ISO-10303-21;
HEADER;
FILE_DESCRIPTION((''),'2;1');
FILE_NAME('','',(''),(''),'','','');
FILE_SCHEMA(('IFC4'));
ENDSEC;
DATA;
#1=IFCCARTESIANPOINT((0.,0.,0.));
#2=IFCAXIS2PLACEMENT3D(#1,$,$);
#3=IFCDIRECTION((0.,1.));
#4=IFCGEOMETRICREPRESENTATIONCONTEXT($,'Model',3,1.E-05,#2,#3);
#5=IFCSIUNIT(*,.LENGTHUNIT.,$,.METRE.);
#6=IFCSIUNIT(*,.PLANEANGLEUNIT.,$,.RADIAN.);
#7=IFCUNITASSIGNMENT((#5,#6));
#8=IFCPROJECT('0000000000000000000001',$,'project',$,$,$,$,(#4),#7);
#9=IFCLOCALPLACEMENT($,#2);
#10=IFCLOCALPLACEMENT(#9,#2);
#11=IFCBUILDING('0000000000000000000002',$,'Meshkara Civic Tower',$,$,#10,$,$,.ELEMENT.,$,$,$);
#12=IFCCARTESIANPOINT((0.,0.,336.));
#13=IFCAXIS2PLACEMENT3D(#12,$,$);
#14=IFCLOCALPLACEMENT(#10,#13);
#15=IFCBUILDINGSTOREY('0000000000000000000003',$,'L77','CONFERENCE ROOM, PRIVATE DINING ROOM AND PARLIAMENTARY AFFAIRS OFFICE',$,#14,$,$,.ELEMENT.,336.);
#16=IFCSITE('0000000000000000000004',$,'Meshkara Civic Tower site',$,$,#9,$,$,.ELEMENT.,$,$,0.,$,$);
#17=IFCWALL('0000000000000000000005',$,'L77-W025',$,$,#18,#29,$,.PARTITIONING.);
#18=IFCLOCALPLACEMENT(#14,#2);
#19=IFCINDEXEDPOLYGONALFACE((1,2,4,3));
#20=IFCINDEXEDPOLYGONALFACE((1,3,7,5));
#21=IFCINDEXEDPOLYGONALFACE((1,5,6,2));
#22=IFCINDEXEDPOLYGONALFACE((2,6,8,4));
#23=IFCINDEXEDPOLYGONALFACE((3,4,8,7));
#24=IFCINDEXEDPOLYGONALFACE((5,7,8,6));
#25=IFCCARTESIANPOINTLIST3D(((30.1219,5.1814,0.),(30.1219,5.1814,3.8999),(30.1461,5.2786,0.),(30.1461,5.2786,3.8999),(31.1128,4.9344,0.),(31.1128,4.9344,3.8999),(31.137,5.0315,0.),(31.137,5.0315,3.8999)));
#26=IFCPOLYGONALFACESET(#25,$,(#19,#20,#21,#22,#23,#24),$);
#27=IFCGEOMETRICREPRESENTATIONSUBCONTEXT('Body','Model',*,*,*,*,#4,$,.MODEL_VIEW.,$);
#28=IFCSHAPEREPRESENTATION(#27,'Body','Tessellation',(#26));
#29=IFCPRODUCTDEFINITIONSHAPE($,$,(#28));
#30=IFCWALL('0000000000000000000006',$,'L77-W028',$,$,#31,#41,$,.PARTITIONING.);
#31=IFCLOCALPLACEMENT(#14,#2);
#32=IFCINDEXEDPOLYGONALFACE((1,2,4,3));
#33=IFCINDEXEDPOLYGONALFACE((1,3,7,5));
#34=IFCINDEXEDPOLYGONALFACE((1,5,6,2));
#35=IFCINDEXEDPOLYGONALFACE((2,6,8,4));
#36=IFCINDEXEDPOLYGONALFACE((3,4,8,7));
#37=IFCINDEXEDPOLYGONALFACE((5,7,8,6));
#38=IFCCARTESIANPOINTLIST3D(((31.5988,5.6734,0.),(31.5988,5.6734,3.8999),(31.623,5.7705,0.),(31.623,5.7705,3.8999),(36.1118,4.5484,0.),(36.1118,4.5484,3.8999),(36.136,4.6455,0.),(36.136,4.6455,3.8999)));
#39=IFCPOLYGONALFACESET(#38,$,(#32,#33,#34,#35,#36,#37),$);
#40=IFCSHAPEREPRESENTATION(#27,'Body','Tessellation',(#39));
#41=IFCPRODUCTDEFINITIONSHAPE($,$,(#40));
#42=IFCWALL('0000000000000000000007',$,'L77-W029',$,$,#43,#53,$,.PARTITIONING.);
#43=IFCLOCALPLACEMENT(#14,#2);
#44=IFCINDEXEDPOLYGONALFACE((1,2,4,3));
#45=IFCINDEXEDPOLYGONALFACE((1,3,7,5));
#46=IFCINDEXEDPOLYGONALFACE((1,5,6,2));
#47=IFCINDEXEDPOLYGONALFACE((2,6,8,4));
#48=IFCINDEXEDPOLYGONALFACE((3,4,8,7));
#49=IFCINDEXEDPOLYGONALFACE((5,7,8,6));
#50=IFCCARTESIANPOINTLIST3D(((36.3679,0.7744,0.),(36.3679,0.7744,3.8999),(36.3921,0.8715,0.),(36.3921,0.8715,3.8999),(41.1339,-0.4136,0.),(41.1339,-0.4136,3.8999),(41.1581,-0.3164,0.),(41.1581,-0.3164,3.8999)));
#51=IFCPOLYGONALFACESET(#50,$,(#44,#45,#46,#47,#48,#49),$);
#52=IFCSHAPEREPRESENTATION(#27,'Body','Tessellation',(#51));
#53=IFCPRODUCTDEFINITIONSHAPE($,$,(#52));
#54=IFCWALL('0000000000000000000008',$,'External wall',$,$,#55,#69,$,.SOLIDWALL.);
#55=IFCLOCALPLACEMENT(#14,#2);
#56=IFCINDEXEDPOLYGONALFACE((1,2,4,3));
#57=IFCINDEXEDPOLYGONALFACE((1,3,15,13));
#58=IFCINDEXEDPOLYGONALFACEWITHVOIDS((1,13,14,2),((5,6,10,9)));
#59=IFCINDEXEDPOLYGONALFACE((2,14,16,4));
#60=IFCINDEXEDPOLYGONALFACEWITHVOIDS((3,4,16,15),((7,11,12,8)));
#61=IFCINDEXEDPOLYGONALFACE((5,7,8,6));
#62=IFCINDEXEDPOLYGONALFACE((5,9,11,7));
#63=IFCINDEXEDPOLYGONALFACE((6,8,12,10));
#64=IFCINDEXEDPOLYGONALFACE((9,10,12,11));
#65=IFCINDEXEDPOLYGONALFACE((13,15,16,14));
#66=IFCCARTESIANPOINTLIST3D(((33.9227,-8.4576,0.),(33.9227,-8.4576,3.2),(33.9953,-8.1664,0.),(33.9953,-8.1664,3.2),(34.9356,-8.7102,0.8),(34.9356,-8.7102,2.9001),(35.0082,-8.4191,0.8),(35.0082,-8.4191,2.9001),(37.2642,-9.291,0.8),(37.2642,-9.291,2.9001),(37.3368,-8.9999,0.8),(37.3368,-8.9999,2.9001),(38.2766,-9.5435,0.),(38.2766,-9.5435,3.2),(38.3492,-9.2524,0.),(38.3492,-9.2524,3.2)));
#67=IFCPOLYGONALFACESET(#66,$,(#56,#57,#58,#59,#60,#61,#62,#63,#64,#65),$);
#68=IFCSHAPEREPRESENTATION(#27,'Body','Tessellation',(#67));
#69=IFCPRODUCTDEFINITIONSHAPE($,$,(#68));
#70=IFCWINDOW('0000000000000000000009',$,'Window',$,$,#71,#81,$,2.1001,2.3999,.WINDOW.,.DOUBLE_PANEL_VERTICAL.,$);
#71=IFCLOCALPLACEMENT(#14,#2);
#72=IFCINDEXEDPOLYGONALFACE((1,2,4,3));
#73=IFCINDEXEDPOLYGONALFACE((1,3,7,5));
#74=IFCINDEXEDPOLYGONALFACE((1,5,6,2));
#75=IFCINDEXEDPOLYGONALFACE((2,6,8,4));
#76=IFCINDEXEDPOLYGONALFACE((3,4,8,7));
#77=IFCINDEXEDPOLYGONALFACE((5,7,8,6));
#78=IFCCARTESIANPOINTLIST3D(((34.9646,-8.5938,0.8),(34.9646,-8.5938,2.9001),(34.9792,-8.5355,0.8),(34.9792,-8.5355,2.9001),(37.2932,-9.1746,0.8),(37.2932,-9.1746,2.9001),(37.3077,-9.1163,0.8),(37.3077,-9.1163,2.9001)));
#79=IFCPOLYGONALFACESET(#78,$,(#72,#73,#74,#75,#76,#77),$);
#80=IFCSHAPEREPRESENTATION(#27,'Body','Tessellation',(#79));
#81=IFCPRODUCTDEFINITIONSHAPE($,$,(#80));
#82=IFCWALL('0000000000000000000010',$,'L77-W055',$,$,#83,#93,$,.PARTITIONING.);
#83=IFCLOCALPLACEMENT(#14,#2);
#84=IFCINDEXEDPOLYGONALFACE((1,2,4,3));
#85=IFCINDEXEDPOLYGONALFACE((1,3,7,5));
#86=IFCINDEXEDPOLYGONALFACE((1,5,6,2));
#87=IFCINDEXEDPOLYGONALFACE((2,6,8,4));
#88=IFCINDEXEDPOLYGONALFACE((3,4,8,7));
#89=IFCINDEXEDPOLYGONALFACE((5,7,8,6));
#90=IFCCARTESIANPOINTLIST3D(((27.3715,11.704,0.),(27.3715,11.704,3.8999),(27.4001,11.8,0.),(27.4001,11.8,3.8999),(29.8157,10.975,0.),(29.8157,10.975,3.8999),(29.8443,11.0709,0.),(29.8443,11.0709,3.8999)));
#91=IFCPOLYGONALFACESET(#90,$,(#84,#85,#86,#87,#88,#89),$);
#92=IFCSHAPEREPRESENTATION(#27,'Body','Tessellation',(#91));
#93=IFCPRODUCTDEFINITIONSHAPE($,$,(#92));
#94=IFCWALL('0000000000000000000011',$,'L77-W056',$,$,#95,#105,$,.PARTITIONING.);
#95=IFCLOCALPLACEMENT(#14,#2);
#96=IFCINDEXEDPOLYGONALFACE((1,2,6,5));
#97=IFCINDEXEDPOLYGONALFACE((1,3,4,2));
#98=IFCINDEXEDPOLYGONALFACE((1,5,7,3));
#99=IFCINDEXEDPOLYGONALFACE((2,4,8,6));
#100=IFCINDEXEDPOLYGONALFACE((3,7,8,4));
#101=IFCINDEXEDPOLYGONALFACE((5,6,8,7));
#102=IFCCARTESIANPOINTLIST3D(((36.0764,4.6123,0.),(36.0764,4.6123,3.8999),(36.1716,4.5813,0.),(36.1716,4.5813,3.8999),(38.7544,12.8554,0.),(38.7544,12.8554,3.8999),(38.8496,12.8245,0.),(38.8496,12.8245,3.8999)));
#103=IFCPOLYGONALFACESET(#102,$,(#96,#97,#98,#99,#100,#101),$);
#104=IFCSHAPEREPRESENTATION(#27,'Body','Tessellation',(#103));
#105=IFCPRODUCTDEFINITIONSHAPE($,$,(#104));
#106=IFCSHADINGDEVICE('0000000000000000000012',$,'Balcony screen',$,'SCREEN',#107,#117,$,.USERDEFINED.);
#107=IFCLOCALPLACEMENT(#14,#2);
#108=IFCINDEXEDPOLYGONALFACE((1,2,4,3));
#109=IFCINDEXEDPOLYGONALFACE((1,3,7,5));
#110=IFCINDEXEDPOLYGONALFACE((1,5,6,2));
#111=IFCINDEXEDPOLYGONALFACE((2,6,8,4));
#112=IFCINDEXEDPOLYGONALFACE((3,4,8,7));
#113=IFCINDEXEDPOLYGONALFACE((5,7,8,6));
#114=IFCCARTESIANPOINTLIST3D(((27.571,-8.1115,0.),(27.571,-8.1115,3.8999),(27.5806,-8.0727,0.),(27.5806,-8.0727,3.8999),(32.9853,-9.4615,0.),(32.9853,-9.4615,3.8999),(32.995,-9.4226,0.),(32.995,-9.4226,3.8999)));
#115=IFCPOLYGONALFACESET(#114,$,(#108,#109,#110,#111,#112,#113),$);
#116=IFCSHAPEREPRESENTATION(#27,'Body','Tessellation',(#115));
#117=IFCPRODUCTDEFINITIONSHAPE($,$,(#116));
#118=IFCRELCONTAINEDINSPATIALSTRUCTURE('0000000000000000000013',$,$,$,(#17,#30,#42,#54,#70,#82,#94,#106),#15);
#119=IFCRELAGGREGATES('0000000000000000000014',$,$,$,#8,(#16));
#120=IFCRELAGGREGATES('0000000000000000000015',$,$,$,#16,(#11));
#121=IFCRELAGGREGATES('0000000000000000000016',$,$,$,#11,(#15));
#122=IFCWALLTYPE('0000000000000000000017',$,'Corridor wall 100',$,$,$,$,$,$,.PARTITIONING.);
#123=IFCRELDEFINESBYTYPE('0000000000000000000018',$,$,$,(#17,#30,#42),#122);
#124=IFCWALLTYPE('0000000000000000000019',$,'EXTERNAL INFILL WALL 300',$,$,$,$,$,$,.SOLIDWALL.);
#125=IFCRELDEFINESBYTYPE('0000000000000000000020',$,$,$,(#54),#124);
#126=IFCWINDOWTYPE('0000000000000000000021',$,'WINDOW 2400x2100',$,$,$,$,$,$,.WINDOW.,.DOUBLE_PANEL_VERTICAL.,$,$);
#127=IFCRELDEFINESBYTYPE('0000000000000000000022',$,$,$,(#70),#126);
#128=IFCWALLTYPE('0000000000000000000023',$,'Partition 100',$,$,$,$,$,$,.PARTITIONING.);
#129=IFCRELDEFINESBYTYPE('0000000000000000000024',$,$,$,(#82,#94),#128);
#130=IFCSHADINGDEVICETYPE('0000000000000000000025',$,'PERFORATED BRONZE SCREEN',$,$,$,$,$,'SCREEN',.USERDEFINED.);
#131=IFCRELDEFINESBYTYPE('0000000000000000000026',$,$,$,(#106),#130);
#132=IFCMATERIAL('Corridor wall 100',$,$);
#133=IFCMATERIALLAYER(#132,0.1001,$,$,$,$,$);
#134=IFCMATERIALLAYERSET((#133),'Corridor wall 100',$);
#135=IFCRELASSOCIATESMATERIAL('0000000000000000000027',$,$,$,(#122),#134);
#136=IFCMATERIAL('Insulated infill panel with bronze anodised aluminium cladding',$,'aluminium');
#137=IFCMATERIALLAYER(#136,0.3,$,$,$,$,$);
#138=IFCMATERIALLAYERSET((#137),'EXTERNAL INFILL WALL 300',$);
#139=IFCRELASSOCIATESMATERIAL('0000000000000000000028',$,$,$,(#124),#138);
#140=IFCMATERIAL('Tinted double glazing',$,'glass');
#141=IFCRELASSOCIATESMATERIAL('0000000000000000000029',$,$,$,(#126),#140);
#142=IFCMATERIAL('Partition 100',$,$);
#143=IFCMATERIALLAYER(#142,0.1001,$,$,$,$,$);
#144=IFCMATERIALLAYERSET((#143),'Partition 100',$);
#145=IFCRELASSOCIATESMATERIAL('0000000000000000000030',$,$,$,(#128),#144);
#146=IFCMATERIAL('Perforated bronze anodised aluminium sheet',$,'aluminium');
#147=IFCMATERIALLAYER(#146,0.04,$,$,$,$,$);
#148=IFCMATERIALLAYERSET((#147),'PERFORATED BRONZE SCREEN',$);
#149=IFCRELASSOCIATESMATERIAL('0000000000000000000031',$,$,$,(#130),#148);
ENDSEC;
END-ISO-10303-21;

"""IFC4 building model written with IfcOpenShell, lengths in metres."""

from ifc_helpers import new_model, si_unit, direction, frame, frame_2d, origin, origin_2d, place, context, subcontext, project, spatial, rectangle, extrude, material, layer, layer_set, type_object, element, fill, save


model = new_model("IFC4")

# Units and contexts
model_context = context("Model", 3, precision=1e-05, world=origin(), true_north=direction((0.0, 1.0)))
body_context = subcontext(model_context, "Body", "Model", "MODEL_VIEW")
ifc_project = project(units=[si_unit("LENGTHUNIT", "METRE"), si_unit("PLANEANGLEUNIT", "RADIAN")], contexts=[model_context])

# Site, building, storey
site_placement = place(None, origin())
site = spatial("IfcSite", under=ifc_project, at=site_placement, Name="Meshkara Civic Tower site", CompositionType="ELEMENT", RefElevation=0.0)
building_placement = place(site_placement, origin())
building = spatial("IfcBuilding", under=site, at=building_placement, Name="Meshkara Civic Tower", CompositionType="ELEMENT")
storey_placement = place(building_placement, frame((0.0, 0.0, 336.0)))
storey = spatial("IfcBuildingStorey", under=building, at=storey_placement, Name="L77", Description="CONFERENCE ROOM, PRIVATE DINING ROOM AND PARLIAMENTARY AFFAIRS OFFICE", CompositionType="ELEMENT", Elevation=336.0)

# Shared definitions
ifc_material_1 = material(Name="Corridor wall 100")
ifc_layer_1 = layer(ifc_material_1, 0.1001)
ifc_layer_set_1 = layer_set([ifc_layer_1], Name="Corridor wall 100")
wall_type_1 = type_object("IfcWallType", Name="Corridor wall 100", PredefinedType="PARTITIONING", material=ifc_layer_set_1)

# Walls
wall_1_placement = place(storey_placement, frame((31.125, 4.9829, 0.0), z_axis=(0.0, 0.0, 1.0), x_axis=(-0.970297, 0.241917, 0.0)))
element("IfcWall", 1, at=wall_1_placement, inside=storey, type_object=wall_type_1, Name="L77-W025", PredefinedType="PARTITIONING", context=body_context, shape_type="SweptSolid", body=[
    extrude(rectangle(XDim=1.0212, YDim=0.1001, at=frame_2d((0.5107, 0.0))), origin(), (0.0, 0.0, 1.0), 3.8999),
])
wall_2_placement = place(storey_placement, frame((36.124, 4.5969, 0.0), z_axis=(0.0, 0.0, 1.0), x_axis=(-0.970306, 0.241881, 0.0)))
element("IfcWall", 2, at=wall_2_placement, inside=storey, type_object=wall_type_1, Name="L77-W028", PredefinedType="PARTITIONING", context=body_context, shape_type="SweptSolid", body=[
    extrude(rectangle(XDim=4.6511, YDim=0.1001, at=frame_2d((2.3257, 0.0))), origin(), (0.0, 0.0, 1.0), 3.8999),
])
wall_3_placement = place(storey_placement, frame((36.3799, 0.823, 0.0), z_axis=(0.0, 0.0, 1.0), x_axis=(0.970312, -0.241857, 0.0)))
element("IfcWall", 3, at=wall_3_placement, inside=storey, type_object=wall_type_1, Name="L77-W029", PredefinedType="PARTITIONING", context=body_context, shape_type="SweptSolid", body=[
    extrude(rectangle(XDim=4.9119, YDim=0.1001, at=frame_2d((2.4561, 0.0))), origin(), (0.0, 0.0, 1.0), 3.8999),
])

# Wall, opening, window
ifc_material_2 = material(Name="Insulated infill panel with bronze anodised aluminium cladding", Category="aluminium")
ifc_layer_2 = layer(ifc_material_2, 0.3)
ifc_layer_set_2 = layer_set([ifc_layer_2], Name="EXTERNAL INFILL WALL 300")
wall_type_2 = type_object("IfcWallType", Name="EXTERNAL INFILL WALL 300", PredefinedType="SOLIDWALL", material=ifc_layer_set_2)
wall_4_placement = place(storey_placement, frame((33.959, -8.312, 0.0), z_axis=(0.0, 0.0, 1.0), x_axis=(0.970277, -0.241998, 0.0)))
wall_4 = element("IfcWall", 4, at=wall_4_placement, inside=storey, type_object=wall_type_2, Name="External wall", PredefinedType="SOLIDWALL", context=body_context, shape_type="SweptSolid", body=[
    extrude(rectangle(XDim=4.4873, YDim=0.3, at=frame_2d((2.2437, 0.0))), origin(), (0.0, 0.0, 1.0), 3.2),
])
opening_1_placement = place(wall_4_placement, frame((1.0439, 0.0, 0.8)))
opening_1 = element("IfcOpeningElement", 5, at=opening_1_placement, cuts=wall_4, PredefinedType="OPENING", context=body_context, shape_type="SweptSolid", body=[
    extrude(rectangle(XDim=2.3999, YDim=2.1001, at=frame_2d((1.2, 1.05))), frame((0.0, 0.1599, 0.0), z_axis=(0.0, -1.0, 0.0), x_axis=(1.0, 0.0, 0.0)), (0.0, 0.0, 1.0), 0.3201),
])
ifc_material_3 = material(Name="Tinted double glazing", Category="glass")
window_type = type_object("IfcWindowType", Name="WINDOW 2400x2100", PartitioningType="DOUBLE_PANEL_VERTICAL", PredefinedType="WINDOW", material=ifc_material_3)
window_placement = place(opening_1_placement, origin())
window = element("IfcWindow", 6, at=window_placement, inside=storey, type_object=window_type, Name="Window", OverallHeight=2.1001, OverallWidth=2.3999, PartitioningType="DOUBLE_PANEL_VERTICAL", PredefinedType="WINDOW", context=body_context, shape_type="SweptSolid", body=[
    extrude(rectangle(XDim=2.3999, YDim=2.1001, at=frame_2d((1.2, 1.05))), frame((0.0, 0.03, 0.0), z_axis=(0.0, -1.0, 0.0), x_axis=(1.0, 0.0, 0.0)), (0.0, 0.0, 1.0), 0.0601),
])
fill(opening_1, window)

# Walls
ifc_material_4 = material(Name="Partition 100")
ifc_layer_3 = layer(ifc_material_4, 0.1001)
ifc_layer_set_3 = layer_set([ifc_layer_3], Name="Partition 100")
wall_type_3 = type_object("IfcWallType", Name="Partition 100", PredefinedType="PARTITIONING", material=ifc_layer_set_3)
wall_5_placement = place(storey_placement, frame((29.8301, 11.0229, 0.0), z_axis=(0.0, 0.0, 1.0), x_axis=(-0.958281, 0.285828, 0.0)))
element("IfcWall", 7, at=wall_5_placement, inside=storey, type_object=wall_type_3, Name="L77-W055", PredefinedType="PARTITIONING", context=body_context, shape_type="SweptSolid", body=[
    extrude(rectangle(XDim=2.5505, YDim=0.1001, at=frame_2d((1.2754, 0.0))), origin(), (0.0, 0.0, 1.0), 3.8999),
])
wall_6_placement = place(storey_placement, frame((36.124, 4.5969, 0.0), z_axis=(0.0, 0.0, 1.0), x_axis=(0.308977, 0.95107, 0.0)))
element("IfcWall", 8, at=wall_6_placement, inside=storey, type_object=wall_type_3, Name="L77-W056", PredefinedType="PARTITIONING", context=body_context, shape_type="SweptSolid", body=[
    extrude(rectangle(XDim=8.6672, YDim=0.1001, at=frame_2d((4.3335, 0.0))), origin(), (0.0, 0.0, 1.0), 3.8999),
])

# Shading device
ifc_material_5 = material(Name="Perforated bronze anodised aluminium sheet", Category="aluminium")
ifc_layer_4 = layer(ifc_material_5, 0.04)
ifc_layer_set_4 = layer_set([ifc_layer_4], Name="PERFORATED BRONZE SCREEN")
shading_device_type = type_object("IfcShadingDeviceType", Name="PERFORATED BRONZE SCREEN", ElementType="SCREEN", PredefinedType="USERDEFINED", material=ifc_layer_set_4)
shading_device_placement = place(storey_placement, frame((30.283, -8.7671, 0.0), z_axis=(0.0, 0.0, 1.0), x_axis=(0.970296, -0.241922, 0.0)))
element("IfcShadingDevice", 9, at=shading_device_placement, inside=storey, type_object=shading_device_type, Name="Balcony screen", ObjectType="SCREEN", PredefinedType="USERDEFINED", context=body_context, shape_type="SweptSolid", body=[
    extrude(rectangle(XDim=5.5801, YDim=0.04, at=origin_2d()), origin(), (0.0, 0.0, 1.0), 3.8999),
])

save(model, "model.ifc")
